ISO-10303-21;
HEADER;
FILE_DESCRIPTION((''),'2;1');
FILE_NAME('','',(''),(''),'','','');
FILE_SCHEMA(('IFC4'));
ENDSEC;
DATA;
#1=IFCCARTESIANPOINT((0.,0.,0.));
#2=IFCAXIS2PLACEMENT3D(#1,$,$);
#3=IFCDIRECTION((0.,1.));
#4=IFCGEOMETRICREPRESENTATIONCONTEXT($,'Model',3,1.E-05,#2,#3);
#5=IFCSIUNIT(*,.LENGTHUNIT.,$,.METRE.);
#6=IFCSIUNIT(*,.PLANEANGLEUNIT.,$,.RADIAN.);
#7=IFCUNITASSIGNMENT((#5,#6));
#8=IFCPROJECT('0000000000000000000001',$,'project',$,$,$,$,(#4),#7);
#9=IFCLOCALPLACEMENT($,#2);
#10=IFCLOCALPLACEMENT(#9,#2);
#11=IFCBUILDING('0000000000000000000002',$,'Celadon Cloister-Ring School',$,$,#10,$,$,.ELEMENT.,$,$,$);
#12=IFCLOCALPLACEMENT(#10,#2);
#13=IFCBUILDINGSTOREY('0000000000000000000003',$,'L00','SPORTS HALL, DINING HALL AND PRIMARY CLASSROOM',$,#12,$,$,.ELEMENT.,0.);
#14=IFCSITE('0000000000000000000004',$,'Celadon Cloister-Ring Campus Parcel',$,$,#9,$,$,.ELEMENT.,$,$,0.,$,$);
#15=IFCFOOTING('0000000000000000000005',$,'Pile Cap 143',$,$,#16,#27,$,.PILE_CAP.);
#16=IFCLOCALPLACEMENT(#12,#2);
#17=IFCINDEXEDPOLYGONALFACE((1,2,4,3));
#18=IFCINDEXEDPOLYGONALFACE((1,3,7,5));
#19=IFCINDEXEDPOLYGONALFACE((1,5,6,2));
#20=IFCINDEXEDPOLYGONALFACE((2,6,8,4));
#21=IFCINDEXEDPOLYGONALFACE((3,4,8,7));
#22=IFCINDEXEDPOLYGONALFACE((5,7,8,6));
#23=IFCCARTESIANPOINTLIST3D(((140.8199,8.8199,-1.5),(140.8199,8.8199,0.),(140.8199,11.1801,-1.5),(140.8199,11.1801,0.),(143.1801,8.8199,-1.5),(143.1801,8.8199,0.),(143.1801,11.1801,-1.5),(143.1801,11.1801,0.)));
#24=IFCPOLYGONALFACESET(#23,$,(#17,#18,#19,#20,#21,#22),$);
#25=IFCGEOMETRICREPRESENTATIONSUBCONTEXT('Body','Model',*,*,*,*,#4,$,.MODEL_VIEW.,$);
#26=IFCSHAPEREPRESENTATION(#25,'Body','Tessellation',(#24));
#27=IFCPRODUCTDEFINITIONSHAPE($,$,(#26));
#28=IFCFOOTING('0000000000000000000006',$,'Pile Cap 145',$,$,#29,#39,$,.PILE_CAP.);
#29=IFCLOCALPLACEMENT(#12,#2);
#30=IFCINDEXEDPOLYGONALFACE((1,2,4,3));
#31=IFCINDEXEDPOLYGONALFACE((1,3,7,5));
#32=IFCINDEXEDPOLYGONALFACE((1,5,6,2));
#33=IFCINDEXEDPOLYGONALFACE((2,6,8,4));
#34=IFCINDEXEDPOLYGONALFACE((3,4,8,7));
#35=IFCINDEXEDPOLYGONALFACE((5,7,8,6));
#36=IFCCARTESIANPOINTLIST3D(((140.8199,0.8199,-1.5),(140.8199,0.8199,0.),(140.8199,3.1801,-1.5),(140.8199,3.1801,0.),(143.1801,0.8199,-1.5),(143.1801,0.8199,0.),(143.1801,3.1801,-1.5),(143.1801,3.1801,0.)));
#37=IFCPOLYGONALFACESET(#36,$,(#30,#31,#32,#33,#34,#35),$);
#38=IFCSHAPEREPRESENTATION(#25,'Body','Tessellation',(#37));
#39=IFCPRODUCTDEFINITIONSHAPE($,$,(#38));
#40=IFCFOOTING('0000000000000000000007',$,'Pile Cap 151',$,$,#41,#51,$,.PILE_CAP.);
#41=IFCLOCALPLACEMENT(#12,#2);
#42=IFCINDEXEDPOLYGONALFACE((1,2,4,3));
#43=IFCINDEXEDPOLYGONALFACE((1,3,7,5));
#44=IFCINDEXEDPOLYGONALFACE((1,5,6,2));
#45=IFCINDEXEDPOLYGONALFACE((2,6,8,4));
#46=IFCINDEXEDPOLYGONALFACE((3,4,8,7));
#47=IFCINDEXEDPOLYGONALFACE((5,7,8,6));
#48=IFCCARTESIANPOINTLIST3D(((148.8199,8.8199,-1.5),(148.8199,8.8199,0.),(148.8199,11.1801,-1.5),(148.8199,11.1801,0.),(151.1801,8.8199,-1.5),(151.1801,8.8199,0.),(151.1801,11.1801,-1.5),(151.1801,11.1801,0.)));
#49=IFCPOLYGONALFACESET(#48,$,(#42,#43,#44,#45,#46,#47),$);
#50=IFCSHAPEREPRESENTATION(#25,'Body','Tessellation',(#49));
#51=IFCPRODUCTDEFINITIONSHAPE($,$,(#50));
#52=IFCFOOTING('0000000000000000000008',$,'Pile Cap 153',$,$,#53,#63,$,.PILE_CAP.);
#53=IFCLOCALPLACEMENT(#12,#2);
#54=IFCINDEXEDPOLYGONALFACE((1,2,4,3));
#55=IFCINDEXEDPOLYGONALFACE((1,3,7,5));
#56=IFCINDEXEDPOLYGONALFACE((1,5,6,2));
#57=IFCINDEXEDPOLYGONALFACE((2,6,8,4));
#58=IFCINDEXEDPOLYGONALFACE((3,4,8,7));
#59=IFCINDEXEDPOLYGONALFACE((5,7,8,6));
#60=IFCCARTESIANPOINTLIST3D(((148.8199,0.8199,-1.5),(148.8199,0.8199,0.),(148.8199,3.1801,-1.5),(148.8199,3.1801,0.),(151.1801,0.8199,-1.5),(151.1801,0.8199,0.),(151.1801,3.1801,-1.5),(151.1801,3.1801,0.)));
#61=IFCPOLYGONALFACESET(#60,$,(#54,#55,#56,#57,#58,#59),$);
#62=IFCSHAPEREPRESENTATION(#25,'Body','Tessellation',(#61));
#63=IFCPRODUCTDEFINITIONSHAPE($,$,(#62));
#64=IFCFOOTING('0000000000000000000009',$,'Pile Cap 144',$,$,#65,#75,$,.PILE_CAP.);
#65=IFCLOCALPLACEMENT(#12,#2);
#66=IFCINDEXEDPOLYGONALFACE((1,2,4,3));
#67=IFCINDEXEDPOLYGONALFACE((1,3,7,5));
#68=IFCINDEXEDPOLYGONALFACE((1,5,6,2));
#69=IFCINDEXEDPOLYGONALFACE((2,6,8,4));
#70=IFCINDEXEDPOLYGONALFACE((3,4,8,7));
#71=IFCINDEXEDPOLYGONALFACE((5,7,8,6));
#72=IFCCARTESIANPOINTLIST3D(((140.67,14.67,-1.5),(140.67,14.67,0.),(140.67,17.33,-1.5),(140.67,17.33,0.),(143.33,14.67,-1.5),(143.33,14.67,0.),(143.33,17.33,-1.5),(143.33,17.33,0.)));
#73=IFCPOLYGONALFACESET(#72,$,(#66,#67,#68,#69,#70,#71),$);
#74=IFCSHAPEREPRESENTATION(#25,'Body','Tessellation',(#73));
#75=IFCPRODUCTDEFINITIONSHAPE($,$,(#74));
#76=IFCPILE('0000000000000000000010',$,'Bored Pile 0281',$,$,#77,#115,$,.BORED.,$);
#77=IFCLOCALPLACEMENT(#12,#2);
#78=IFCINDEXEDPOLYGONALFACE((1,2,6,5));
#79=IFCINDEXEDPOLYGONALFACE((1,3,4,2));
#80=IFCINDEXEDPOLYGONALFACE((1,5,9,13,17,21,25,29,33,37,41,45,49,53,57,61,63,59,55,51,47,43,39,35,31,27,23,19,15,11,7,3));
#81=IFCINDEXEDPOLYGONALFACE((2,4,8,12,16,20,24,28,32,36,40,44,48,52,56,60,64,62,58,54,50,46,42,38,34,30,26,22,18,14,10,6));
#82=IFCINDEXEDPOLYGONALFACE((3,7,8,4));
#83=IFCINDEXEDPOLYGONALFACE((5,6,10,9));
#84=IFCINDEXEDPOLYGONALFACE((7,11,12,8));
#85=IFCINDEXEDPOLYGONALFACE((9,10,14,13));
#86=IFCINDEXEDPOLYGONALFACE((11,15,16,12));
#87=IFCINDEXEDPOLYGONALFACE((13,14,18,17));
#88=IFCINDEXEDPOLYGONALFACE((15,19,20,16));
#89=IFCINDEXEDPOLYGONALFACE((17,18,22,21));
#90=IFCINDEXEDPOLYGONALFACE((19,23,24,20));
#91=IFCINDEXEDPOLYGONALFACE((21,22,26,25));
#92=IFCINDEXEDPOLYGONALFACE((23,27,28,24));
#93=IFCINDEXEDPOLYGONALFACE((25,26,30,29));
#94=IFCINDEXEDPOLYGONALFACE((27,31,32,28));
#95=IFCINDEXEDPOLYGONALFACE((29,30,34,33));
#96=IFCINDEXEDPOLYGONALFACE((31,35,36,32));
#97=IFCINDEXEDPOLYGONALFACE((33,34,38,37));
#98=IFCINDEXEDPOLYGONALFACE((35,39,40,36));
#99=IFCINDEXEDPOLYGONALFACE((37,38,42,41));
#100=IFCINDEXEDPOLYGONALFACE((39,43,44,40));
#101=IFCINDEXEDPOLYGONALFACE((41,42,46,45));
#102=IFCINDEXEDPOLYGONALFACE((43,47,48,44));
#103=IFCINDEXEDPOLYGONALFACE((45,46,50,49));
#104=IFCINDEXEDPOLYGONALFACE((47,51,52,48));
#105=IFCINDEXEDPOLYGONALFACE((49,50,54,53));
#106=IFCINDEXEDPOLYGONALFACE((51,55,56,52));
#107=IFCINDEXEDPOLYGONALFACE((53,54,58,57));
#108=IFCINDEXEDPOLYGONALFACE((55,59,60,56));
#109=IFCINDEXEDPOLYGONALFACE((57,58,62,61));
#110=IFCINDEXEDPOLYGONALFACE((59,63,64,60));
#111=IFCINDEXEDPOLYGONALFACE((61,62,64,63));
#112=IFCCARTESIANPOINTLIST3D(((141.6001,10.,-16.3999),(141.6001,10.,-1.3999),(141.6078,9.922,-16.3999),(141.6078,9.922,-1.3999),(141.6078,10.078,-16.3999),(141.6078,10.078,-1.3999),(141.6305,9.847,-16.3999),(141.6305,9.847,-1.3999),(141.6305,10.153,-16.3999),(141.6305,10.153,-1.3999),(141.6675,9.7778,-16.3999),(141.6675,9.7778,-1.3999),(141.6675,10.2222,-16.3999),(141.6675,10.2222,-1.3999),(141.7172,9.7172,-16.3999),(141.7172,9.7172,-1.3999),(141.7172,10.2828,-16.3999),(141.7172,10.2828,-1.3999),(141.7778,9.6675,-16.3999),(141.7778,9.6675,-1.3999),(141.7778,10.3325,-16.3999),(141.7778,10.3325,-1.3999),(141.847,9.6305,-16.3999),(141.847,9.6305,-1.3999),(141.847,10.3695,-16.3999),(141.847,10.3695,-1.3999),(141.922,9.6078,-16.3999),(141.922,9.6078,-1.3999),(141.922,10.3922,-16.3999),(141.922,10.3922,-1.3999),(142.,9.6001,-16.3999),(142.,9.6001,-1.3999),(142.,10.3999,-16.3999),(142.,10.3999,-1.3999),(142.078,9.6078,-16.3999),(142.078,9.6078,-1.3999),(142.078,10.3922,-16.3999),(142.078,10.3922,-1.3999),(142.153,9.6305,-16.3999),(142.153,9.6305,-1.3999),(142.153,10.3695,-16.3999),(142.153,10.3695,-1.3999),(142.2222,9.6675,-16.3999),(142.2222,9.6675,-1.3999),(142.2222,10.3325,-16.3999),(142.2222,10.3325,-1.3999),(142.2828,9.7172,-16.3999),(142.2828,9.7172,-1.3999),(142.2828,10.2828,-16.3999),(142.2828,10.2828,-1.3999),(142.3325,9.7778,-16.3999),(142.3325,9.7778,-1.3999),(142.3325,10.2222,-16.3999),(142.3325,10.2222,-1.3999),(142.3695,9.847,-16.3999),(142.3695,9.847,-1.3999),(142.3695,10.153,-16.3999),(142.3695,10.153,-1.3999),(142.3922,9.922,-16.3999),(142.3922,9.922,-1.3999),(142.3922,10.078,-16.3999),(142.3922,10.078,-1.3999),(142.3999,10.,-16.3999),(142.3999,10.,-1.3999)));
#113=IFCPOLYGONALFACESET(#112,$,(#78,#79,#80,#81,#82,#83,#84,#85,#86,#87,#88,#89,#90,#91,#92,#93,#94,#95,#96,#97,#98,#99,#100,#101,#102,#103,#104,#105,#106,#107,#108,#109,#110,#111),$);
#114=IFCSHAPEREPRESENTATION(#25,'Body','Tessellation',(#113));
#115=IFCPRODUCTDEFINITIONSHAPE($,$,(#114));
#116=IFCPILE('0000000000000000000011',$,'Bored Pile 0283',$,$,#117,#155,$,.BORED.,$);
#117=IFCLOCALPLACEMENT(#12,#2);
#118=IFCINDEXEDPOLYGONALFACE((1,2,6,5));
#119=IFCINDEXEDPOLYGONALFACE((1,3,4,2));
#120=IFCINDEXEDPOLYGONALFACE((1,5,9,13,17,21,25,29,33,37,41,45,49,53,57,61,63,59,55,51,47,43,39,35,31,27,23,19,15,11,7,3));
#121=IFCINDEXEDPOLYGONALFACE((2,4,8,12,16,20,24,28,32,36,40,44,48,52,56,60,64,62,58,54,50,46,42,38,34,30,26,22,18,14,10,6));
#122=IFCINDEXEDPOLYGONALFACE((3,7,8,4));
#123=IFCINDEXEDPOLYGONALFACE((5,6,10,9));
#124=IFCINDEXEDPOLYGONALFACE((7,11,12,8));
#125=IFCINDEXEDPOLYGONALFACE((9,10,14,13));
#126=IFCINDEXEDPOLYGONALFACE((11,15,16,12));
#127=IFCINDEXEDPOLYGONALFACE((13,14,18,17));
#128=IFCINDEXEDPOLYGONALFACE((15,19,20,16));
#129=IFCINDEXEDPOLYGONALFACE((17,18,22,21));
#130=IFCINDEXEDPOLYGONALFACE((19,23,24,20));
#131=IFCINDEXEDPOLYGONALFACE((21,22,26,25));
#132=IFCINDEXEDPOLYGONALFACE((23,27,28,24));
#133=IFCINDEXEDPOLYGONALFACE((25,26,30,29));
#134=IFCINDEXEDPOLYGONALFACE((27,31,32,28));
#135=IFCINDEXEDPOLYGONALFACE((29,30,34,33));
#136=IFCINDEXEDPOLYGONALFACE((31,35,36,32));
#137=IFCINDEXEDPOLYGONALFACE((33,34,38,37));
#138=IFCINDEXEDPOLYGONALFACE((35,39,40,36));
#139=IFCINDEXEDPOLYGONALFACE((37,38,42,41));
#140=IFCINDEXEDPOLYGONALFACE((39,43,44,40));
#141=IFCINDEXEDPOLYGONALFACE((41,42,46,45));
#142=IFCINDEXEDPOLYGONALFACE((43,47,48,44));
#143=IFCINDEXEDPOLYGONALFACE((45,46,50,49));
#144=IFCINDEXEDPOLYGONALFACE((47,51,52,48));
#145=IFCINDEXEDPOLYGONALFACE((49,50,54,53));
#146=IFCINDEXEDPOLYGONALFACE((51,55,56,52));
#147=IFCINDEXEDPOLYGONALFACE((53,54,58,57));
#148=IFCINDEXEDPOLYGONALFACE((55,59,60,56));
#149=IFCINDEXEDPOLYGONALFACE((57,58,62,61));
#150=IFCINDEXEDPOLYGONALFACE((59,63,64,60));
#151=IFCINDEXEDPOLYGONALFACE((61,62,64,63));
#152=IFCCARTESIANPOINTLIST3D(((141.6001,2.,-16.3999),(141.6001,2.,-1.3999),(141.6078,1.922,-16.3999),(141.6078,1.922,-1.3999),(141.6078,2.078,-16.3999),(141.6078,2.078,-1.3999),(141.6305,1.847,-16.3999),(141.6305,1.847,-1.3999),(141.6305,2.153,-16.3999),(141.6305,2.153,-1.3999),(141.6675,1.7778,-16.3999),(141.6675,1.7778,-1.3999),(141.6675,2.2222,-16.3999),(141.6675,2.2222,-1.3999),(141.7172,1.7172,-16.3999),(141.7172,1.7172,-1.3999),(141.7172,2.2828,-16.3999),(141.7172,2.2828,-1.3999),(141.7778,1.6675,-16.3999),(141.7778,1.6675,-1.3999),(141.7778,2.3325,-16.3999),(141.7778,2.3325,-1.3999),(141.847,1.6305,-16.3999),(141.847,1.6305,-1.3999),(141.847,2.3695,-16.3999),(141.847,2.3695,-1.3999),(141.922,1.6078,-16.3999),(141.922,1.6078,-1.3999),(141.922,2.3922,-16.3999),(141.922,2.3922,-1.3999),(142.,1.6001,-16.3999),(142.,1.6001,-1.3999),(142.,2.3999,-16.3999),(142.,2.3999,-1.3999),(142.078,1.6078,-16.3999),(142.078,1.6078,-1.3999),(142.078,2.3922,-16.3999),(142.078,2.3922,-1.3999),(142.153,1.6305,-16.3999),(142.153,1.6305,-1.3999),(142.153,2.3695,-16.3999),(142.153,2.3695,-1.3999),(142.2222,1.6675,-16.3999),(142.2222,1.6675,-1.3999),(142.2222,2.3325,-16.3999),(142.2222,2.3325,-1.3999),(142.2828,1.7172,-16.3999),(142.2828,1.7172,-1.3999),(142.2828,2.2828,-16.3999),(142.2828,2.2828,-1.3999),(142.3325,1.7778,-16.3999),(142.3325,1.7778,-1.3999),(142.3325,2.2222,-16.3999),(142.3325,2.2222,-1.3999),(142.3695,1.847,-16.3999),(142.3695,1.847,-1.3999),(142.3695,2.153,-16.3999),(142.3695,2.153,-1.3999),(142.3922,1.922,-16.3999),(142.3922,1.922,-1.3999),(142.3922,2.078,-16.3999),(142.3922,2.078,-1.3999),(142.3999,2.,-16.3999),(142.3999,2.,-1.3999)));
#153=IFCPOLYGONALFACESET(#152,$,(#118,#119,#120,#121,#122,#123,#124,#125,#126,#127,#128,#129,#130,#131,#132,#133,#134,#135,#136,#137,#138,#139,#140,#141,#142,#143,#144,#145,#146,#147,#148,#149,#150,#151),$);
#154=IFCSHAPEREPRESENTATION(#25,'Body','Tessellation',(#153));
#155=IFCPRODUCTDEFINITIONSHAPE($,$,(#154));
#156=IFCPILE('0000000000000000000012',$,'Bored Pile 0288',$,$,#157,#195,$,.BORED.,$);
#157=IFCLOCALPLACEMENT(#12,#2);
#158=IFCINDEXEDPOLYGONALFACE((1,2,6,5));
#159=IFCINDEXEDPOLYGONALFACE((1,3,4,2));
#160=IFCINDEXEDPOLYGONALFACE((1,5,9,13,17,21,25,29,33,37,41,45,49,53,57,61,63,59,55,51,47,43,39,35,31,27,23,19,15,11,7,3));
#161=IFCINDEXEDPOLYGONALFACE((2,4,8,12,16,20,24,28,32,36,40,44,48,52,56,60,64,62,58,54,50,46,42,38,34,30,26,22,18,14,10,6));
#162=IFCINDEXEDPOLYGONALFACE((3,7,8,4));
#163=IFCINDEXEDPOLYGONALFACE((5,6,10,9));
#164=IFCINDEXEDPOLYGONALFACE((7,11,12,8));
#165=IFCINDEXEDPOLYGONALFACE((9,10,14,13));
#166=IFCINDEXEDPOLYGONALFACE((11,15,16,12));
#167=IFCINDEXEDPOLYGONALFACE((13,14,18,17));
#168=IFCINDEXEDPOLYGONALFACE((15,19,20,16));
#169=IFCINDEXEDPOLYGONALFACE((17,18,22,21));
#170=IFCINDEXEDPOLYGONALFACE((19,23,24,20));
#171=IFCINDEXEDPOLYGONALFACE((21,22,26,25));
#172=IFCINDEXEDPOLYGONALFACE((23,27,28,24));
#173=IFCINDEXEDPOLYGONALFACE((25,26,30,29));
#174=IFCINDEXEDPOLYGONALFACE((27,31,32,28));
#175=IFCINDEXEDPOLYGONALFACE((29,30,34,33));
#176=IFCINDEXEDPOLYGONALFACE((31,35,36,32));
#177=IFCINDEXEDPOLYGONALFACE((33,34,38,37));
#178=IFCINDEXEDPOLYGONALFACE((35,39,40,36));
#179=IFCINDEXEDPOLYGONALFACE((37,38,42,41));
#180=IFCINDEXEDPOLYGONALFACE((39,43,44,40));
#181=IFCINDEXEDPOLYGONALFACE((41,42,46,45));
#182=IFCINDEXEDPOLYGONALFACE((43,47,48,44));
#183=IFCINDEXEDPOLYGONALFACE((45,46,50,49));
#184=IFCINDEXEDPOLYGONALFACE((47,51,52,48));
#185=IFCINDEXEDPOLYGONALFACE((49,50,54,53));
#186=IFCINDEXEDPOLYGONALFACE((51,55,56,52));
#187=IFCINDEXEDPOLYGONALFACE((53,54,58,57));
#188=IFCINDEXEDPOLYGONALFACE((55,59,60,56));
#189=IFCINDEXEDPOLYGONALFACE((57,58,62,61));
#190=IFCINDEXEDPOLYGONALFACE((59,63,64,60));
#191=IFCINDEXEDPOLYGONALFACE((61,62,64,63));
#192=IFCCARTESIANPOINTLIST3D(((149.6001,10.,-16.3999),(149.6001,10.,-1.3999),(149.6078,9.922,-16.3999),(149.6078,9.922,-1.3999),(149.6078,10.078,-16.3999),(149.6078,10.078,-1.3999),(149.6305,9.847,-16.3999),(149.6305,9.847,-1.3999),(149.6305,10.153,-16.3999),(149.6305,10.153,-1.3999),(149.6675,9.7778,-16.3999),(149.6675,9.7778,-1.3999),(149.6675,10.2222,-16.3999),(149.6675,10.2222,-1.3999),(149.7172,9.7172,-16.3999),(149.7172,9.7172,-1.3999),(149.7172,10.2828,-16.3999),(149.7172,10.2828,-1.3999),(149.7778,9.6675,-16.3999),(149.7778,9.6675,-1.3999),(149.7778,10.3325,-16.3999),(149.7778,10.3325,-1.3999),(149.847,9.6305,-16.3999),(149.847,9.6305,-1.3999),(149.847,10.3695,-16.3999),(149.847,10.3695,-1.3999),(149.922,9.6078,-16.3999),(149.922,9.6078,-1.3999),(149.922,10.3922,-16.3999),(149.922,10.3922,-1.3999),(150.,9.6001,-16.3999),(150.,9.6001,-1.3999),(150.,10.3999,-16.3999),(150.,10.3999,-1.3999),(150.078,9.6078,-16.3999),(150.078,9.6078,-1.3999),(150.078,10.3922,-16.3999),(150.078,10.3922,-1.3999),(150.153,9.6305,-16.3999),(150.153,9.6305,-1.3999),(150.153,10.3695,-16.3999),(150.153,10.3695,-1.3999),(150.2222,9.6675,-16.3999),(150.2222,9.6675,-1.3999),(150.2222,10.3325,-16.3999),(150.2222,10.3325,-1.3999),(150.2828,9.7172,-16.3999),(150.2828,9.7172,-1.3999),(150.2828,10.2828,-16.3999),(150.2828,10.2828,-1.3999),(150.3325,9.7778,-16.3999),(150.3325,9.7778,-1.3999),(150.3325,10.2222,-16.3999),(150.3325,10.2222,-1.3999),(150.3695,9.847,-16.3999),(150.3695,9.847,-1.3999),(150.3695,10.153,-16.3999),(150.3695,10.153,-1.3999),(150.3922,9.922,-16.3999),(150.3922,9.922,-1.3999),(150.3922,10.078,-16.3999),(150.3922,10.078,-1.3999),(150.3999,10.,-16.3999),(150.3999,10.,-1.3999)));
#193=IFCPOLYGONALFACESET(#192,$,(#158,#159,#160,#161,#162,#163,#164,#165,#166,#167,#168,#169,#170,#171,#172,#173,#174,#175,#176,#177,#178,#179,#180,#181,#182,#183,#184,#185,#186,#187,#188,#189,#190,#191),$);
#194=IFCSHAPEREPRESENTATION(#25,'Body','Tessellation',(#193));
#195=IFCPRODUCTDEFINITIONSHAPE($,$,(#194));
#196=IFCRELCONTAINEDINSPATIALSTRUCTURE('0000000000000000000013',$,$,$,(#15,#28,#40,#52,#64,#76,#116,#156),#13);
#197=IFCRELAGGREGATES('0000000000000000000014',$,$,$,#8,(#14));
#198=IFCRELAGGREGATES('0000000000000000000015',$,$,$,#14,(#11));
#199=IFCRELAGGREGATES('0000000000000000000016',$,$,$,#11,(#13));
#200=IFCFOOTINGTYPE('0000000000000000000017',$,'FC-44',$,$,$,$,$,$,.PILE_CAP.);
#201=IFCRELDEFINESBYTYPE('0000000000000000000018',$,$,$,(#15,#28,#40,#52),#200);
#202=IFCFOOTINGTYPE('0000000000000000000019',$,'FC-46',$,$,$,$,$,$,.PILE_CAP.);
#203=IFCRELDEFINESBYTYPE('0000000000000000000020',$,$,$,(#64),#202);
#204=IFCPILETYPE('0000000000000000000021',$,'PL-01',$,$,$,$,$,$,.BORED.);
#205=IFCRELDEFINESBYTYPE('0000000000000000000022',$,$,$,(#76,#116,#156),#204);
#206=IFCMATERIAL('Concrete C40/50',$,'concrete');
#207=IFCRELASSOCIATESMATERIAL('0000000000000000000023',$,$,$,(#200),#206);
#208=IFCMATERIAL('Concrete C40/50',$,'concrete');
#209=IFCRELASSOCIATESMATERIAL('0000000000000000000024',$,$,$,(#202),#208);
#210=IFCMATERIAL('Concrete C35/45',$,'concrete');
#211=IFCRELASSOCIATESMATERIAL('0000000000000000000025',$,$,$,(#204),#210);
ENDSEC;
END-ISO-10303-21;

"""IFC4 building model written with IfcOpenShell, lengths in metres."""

from ifc_helpers import new_model, si_unit, direction, frame, origin, origin_2d, place, context, subcontext, project, spatial, rectangle, circle, extrude, material, material_profile, profile_set, type_object, element, save


model = new_model("IFC4")

# Units and contexts
model_context = context("Model", 3, precision=1e-05, world=origin(), true_north=direction((0.0, 1.0)))
body_context = subcontext(model_context, "Body", "Model", "MODEL_VIEW")
ifc_project = project(units=[si_unit("LENGTHUNIT", "METRE"), si_unit("PLANEANGLEUNIT", "RADIAN")], contexts=[model_context])

# Site, building, storey
site_placement = place(None, origin())
site = spatial("IfcSite", under=ifc_project, at=site_placement, Name="Celadon Cloister-Ring Campus Parcel", CompositionType="ELEMENT", RefElevation=0.0)
building_placement = place(site_placement, origin())
building = spatial("IfcBuilding", under=site, at=building_placement, Name="Celadon Cloister-Ring School", CompositionType="ELEMENT")
storey_placement = place(building_placement, origin())
storey = spatial("IfcBuildingStorey", under=building, at=storey_placement, Name="L00", Description="SPORTS HALL, DINING HALL AND PRIMARY CLASSROOM", CompositionType="ELEMENT", Elevation=0.0)

# Footings
ifc_material_1 = material(Name="Concrete C40/50", Category="concrete")
footing_type_1 = type_object("IfcFootingType", Name="FC-44", PredefinedType="PILE_CAP", material=ifc_material_1)
for number, where, z_axis, x_axis, name in (
    (1, (142.0, 10.0, -1.5), (0.0, 0.0, 1.0), (1.0, 0.0, 0.0), "Pile Cap 143"),
    (2, (142.0, 2.0, -1.5), (0.0, 0.0, 1.0), (1.0, 0.0, 0.0), "Pile Cap 145"),
    (3, (150.0, 10.0, -1.5), (0.0, 0.0, 1.0), (1.0, 0.0, 0.0), "Pile Cap 151"),
    (4, (150.0, 2.0, -1.5), (0.0, 0.0, 1.0), (1.0, 0.0, 0.0), "Pile Cap 153"),
):
    element("IfcFooting", number, at=place(storey_placement, frame(where, z_axis=z_axis, x_axis=x_axis)), inside=storey, type_object=footing_type_1, Name=name, PredefinedType="PILE_CAP", context=body_context, shape_type="SweptSolid", body=[
        extrude(rectangle(XDim=2.3601, YDim=2.3601, at=origin_2d()), origin(), (0.0, 0.0, 1.0), 1.5),
    ])
ifc_material_2 = material(Name="Concrete C40/50", Category="concrete")
footing_type_2 = type_object("IfcFootingType", Name="FC-46", PredefinedType="PILE_CAP", material=ifc_material_2)
footing_placement = place(storey_placement, frame((142.0, 16.0, -1.5), z_axis=(0.0, 0.0, 1.0), x_axis=(1.0, 0.0, 0.0)))
element("IfcFooting", 5, at=footing_placement, inside=storey, type_object=footing_type_2, Name="Pile Cap 144", PredefinedType="PILE_CAP", context=body_context, shape_type="SweptSolid", body=[
    extrude(rectangle(XDim=2.6599, YDim=2.6599, at=origin_2d()), origin(), (0.0, 0.0, 1.0), 1.5),
])

# Piles
ifc_material_3 = material(Name="Concrete C35/45", Category="concrete")
ifc_material_profile_1 = material_profile(ifc_material_3, circle(Radius=0.3999, at=origin_2d()), Name="PILE800")
ifc_profile_set_1 = profile_set([ifc_material_profile_1], Name="Concrete C35/45")
pile_type = type_object("IfcPileType", Name="PL-01", PredefinedType="BORED", material=ifc_profile_set_1)
for number, where, z_axis, x_axis, name in (
    (6, (142.0, 10.0, -1.3999), (0.0, 0.0, -1.0), (1.0, 0.0, 0.0), "Bored Pile 0281"),
    (7, (142.0, 2.0, -1.3999), (0.0, 0.0, -1.0), (1.0, 0.0, 0.0), "Bored Pile 0283"),
    (8, (150.0, 10.0, -1.3999), (0.0, 0.0, -1.0), (1.0, 0.0, 0.0), "Bored Pile 0288"),
):
    element("IfcPile", number, at=place(storey_placement, frame(where, z_axis=z_axis, x_axis=x_axis)), inside=storey, type_object=pile_type, Name=name, PredefinedType="BORED", context=body_context, shape_type="SweptSolid", body=[
        extrude(circle(Radius=0.3999, at=origin_2d()), origin(), (0.0, 0.0, 1.0), 15.0),
    ])

save(model, "model.ifc")
